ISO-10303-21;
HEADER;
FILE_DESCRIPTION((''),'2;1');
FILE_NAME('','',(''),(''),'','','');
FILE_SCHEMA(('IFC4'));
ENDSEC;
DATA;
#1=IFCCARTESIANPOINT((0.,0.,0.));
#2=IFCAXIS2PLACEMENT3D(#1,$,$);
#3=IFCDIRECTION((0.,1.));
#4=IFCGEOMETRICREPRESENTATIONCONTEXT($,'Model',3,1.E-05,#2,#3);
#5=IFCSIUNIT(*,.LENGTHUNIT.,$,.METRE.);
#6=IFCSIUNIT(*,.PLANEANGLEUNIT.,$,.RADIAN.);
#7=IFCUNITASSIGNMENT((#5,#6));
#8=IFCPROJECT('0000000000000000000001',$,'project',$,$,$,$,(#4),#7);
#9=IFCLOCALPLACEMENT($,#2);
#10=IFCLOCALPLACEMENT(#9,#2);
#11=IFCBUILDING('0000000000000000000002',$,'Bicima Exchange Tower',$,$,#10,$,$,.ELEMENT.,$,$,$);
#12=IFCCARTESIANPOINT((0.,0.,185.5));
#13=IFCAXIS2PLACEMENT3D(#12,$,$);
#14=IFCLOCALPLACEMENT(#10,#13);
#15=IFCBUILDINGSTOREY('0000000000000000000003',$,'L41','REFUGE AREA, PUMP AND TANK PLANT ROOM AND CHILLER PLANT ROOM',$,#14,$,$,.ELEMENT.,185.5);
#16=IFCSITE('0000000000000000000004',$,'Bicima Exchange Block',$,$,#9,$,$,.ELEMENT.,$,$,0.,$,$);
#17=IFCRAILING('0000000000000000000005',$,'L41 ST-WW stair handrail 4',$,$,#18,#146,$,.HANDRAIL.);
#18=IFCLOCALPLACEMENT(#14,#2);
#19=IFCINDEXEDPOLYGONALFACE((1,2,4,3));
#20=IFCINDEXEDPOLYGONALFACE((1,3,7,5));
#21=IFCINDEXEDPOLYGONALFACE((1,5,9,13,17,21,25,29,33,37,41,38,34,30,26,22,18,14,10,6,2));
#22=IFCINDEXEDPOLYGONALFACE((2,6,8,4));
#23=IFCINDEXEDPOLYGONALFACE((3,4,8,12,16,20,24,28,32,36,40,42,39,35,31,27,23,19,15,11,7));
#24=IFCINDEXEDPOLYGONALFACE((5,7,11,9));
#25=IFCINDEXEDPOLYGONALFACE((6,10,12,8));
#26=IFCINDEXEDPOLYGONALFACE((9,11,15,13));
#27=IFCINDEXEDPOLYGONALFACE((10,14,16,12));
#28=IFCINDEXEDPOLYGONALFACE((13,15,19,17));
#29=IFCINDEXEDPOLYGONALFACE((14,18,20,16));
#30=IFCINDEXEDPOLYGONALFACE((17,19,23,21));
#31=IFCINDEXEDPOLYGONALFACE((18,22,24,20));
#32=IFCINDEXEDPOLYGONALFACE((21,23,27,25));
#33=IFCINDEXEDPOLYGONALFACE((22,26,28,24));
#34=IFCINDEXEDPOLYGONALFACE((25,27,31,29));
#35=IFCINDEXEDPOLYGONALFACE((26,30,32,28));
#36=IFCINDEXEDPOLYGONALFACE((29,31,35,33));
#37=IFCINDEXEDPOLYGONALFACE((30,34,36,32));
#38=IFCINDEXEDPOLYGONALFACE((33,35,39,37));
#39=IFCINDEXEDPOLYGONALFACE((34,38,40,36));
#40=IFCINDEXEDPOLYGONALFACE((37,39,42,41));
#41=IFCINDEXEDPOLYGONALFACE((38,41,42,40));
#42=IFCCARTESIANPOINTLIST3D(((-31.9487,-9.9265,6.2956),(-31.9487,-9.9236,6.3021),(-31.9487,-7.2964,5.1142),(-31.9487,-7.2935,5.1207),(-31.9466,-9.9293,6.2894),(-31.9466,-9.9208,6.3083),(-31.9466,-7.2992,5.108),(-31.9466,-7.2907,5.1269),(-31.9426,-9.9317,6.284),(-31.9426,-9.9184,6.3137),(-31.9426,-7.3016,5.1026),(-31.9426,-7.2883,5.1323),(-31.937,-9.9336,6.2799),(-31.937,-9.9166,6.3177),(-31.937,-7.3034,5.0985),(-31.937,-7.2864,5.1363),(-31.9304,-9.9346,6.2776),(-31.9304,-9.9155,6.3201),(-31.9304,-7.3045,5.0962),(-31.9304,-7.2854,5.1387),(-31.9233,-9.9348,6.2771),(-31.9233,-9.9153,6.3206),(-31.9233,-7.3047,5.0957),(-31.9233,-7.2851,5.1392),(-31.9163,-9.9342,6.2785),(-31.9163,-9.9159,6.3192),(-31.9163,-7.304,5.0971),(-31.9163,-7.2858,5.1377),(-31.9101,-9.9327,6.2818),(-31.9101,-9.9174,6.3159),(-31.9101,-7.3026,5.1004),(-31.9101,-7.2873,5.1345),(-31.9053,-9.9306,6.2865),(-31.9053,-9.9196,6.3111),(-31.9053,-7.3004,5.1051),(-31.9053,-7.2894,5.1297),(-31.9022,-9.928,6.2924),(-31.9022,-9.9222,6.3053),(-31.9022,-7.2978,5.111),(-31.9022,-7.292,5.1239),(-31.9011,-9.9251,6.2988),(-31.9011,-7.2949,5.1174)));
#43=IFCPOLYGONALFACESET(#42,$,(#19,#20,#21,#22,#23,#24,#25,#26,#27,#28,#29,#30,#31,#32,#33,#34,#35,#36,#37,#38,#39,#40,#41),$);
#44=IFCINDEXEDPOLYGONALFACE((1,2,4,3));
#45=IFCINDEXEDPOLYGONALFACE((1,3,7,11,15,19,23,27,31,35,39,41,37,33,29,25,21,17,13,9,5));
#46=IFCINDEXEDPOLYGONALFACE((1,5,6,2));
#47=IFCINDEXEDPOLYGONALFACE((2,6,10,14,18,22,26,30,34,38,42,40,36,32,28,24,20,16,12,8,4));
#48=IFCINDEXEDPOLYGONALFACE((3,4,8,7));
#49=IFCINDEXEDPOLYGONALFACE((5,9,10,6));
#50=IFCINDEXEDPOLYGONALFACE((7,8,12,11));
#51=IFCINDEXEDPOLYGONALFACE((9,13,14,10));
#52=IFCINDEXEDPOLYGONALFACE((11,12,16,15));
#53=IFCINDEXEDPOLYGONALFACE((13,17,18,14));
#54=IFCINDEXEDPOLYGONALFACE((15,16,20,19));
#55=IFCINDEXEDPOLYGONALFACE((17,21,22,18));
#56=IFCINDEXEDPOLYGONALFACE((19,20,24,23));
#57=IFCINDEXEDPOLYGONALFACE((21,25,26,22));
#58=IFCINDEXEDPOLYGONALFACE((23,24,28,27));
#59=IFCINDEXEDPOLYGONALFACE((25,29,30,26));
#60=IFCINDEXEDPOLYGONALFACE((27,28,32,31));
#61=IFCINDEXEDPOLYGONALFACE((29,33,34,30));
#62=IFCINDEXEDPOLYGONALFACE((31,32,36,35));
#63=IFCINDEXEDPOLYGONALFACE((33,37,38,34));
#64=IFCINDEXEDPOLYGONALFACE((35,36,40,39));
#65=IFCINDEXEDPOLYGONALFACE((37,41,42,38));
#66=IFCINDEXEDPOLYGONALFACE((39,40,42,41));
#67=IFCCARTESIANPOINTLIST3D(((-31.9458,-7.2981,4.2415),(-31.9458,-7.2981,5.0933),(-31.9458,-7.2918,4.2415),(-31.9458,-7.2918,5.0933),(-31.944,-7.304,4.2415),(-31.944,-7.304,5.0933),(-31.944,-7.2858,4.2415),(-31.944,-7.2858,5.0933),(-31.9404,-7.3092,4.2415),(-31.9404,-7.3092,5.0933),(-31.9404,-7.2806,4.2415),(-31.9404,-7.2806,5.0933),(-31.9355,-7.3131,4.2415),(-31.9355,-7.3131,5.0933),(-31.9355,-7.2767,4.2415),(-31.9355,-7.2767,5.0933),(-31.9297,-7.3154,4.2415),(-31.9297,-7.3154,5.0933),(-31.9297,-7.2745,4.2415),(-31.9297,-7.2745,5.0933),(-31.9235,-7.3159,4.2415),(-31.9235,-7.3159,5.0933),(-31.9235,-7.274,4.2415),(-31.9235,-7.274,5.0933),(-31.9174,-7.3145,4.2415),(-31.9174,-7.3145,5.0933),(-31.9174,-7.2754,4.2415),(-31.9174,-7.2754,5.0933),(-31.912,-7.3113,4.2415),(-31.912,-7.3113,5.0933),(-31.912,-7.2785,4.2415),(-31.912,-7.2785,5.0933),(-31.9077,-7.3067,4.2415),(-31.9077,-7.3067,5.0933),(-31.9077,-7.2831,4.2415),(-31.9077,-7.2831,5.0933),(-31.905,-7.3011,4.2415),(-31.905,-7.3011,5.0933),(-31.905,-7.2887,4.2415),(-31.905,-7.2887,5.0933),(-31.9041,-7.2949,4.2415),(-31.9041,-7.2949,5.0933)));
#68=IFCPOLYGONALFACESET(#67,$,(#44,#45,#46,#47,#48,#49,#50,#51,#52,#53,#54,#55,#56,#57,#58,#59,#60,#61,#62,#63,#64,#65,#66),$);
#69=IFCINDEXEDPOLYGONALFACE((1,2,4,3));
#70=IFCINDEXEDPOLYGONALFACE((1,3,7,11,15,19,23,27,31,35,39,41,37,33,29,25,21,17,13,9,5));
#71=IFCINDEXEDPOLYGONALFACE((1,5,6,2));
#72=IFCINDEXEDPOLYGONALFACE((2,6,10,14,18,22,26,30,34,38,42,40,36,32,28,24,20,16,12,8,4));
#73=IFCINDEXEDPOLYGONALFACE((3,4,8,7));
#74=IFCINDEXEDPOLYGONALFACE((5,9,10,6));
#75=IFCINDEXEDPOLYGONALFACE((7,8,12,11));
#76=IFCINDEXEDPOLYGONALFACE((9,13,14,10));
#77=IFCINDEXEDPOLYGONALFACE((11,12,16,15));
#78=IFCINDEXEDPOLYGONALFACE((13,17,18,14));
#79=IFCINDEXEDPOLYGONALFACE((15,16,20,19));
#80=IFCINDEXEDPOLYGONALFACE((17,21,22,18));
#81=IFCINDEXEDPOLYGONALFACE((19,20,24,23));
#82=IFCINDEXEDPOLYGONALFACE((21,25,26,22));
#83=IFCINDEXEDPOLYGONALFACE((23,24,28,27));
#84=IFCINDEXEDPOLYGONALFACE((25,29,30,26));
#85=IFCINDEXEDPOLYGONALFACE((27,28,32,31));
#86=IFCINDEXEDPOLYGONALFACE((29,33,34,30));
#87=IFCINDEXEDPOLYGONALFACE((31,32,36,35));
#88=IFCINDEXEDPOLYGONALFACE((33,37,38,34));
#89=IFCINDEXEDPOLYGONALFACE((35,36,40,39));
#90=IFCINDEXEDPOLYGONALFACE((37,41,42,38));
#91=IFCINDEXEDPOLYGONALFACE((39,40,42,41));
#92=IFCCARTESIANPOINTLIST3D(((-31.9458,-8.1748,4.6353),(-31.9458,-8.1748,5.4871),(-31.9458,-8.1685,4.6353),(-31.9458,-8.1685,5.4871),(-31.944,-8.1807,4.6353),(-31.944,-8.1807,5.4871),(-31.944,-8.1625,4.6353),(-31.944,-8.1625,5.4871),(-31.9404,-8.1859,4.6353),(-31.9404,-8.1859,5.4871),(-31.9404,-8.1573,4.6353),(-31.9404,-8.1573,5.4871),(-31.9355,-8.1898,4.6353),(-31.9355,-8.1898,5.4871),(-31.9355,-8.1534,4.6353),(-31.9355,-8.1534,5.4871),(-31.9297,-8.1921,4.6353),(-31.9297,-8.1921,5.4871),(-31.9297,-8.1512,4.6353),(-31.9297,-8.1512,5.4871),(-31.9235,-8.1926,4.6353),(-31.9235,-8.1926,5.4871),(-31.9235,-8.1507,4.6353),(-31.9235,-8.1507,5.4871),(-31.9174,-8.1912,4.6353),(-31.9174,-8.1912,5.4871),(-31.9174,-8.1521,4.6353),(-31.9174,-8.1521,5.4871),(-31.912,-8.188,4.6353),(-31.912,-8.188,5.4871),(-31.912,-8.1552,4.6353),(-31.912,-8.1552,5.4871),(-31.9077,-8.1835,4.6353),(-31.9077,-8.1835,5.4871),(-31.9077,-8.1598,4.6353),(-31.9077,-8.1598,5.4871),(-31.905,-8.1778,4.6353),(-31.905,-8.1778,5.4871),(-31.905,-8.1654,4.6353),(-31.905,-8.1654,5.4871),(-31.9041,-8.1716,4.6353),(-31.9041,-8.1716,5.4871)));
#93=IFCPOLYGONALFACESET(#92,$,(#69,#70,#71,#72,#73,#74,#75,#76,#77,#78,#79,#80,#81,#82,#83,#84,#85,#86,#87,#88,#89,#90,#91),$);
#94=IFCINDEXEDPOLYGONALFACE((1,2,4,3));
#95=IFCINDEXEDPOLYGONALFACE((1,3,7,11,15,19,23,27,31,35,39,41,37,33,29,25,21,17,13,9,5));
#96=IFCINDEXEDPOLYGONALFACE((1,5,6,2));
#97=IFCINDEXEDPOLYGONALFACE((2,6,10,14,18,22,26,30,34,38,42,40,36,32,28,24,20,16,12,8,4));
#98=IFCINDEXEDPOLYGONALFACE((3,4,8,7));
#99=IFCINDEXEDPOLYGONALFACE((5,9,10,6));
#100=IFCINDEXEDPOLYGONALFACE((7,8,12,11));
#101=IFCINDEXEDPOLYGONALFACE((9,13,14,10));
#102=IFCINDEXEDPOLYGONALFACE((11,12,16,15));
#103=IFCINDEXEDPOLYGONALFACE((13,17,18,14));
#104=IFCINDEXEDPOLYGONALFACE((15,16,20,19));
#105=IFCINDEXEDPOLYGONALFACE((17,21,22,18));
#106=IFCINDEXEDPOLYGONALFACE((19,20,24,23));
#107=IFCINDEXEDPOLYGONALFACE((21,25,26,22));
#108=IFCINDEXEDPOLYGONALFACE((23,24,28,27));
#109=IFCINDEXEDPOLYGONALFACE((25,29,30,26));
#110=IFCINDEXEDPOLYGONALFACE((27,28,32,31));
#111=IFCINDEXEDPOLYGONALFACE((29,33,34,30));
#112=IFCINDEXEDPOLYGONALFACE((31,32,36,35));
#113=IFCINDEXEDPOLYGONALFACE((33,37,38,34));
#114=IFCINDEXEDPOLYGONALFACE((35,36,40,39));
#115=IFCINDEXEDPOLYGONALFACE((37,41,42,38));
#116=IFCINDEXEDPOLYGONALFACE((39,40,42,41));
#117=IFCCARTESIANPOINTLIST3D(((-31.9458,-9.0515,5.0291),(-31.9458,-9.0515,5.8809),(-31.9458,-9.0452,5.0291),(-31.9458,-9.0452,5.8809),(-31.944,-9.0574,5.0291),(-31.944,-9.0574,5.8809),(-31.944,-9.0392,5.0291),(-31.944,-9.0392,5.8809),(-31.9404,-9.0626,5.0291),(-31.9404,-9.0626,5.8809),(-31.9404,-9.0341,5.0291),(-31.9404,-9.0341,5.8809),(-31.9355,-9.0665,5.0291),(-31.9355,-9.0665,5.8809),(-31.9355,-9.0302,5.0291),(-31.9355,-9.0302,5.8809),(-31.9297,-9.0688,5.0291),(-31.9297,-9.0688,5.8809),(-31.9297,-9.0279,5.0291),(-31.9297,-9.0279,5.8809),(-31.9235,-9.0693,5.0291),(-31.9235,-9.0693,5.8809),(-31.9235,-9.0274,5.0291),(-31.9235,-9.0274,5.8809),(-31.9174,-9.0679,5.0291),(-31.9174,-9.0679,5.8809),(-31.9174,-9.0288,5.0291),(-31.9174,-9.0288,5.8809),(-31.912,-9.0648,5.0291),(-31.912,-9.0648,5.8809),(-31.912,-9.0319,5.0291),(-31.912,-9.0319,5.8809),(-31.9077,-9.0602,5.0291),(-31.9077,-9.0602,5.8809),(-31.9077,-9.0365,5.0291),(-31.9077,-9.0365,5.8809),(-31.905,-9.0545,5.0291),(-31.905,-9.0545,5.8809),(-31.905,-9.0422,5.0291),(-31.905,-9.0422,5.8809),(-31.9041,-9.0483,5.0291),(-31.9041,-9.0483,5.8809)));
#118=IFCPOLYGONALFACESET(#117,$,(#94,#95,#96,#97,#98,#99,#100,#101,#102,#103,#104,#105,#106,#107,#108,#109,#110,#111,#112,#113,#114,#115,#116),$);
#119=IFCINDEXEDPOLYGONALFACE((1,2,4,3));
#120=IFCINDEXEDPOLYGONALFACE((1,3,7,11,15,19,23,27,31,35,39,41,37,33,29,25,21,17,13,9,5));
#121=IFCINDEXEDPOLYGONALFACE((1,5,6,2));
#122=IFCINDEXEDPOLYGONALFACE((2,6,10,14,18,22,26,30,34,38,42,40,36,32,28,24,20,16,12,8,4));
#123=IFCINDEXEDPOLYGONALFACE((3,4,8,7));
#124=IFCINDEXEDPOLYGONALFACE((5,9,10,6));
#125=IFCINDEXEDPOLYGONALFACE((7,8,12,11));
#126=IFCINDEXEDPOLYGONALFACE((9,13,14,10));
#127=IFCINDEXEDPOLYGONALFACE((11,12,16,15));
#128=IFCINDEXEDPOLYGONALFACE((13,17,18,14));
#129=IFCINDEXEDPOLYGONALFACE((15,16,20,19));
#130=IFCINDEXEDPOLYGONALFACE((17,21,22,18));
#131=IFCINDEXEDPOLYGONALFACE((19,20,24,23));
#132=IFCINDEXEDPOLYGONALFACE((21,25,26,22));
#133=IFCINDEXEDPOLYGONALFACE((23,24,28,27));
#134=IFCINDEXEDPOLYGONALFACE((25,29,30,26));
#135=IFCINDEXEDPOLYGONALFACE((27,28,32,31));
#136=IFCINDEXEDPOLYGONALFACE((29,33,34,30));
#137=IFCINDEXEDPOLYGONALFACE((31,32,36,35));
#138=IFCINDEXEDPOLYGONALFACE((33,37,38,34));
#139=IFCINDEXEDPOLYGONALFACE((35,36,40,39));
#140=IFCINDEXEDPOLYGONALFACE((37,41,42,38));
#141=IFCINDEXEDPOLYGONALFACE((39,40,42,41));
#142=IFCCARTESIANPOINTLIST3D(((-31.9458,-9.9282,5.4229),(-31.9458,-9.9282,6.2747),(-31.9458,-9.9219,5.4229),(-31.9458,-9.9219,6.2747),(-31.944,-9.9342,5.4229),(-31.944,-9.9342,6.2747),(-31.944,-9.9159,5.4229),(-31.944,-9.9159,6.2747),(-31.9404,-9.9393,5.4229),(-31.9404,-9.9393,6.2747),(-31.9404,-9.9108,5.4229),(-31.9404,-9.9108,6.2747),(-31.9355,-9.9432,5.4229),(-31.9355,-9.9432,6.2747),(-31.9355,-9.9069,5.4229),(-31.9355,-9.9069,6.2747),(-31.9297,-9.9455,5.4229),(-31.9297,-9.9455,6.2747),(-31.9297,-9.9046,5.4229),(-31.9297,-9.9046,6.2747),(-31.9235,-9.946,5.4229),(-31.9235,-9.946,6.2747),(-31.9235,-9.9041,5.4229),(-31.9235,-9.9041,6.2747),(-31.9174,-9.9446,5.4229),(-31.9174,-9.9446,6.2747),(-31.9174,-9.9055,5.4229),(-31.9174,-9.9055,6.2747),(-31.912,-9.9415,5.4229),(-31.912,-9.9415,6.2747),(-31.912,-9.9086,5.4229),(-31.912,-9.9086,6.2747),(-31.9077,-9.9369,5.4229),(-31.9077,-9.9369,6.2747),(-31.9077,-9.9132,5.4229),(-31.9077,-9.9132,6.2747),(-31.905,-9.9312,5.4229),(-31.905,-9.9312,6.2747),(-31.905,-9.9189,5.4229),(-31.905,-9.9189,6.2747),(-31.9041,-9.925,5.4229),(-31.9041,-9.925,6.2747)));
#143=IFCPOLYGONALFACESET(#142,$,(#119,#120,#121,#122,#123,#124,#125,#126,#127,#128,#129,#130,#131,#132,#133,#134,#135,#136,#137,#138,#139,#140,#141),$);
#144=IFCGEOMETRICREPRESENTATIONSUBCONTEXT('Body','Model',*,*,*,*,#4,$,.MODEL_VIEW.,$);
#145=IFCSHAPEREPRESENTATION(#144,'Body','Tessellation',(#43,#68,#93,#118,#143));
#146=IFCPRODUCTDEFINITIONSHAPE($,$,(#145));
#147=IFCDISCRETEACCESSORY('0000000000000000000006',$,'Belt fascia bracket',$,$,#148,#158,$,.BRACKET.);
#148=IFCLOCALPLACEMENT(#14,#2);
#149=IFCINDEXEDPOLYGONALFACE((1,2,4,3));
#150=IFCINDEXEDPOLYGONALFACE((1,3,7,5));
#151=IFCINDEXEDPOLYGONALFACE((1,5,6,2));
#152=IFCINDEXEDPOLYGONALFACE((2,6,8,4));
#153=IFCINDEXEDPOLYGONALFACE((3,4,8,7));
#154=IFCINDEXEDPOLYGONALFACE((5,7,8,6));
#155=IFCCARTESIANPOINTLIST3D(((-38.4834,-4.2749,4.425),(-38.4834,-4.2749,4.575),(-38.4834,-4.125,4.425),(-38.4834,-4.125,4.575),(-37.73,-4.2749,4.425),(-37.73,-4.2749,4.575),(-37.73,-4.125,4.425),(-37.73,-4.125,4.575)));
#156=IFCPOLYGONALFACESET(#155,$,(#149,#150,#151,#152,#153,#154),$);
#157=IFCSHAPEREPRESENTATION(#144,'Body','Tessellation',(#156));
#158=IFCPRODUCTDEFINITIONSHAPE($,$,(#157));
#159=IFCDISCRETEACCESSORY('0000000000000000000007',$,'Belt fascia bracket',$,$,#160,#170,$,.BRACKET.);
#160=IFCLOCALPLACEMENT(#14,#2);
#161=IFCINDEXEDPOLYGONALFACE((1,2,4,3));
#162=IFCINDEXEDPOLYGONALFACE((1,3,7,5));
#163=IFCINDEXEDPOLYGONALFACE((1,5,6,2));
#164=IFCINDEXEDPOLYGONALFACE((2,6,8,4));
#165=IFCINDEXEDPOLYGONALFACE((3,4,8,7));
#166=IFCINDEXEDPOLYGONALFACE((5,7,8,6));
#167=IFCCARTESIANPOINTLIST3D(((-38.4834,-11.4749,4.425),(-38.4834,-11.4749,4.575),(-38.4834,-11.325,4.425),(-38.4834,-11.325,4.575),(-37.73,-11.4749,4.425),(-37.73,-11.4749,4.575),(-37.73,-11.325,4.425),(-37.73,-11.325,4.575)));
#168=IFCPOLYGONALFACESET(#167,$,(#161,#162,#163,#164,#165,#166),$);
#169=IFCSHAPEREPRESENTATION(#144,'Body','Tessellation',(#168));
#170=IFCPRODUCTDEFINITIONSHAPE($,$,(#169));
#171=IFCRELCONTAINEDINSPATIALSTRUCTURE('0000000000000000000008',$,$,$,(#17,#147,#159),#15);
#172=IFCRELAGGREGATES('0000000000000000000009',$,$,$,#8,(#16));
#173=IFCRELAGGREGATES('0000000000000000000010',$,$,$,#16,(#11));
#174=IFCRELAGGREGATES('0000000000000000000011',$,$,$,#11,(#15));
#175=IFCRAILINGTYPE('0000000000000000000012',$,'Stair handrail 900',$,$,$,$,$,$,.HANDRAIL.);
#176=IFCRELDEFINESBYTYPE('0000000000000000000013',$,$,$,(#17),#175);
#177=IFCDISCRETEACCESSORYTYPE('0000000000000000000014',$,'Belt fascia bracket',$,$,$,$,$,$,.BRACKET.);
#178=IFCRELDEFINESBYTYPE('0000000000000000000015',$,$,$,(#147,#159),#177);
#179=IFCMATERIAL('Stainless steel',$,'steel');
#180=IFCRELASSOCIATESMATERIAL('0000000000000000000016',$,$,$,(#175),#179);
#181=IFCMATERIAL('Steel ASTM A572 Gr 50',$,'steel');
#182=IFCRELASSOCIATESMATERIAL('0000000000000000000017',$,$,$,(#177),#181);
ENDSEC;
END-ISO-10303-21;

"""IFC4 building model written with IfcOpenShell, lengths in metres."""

from ifc_helpers import new_model, si_unit, direction, frame, origin, origin_2d, place, context, subcontext, project, spatial, rectangle, circle, extrude, material, type_object, element, save


model = new_model("IFC4")

# Units and contexts
model_context = context("Model", 3, precision=1e-05, world=origin(), true_north=direction((0.0, 1.0)))
body_context = subcontext(model_context, "Body", "Model", "MODEL_VIEW")
ifc_project = project(units=[si_unit("LENGTHUNIT", "METRE"), si_unit("PLANEANGLEUNIT", "RADIAN")], contexts=[model_context])

# Site, building, storey
site_placement = place(None, origin())
site = spatial("IfcSite", under=ifc_project, at=site_placement, Name="Bicima Exchange Block", CompositionType="ELEMENT", RefElevation=0.0)
building_placement = place(site_placement, origin())
building = spatial("IfcBuilding", under=site, at=building_placement, Name="Bicima Exchange Tower", CompositionType="ELEMENT")
storey_placement = place(building_placement, frame((0.0, 0.0, 185.5)))
storey = spatial("IfcBuildingStorey", under=building, at=storey_placement, Name="L41", Description="REFUGE AREA, PUMP AND TANK PLANT ROOM AND CHILLER PLANT ROOM", CompositionType="ELEMENT", Elevation=185.5)

# Shared definitions
ifc_material_1 = material(Name="Steel ASTM A572 Gr 50", Category="steel")

# Railing
ifc_material_2 = material(Name="Stainless steel", Category="steel")
railing_type_1 = type_object("IfcRailingType", Name="Stair handrail 900", PredefinedType="HANDRAIL", material=ifc_material_2)
railing_1_placement = place(storey_placement, frame((-31.925, -7.2949, 4.2415)))
element("IfcRailing", 1, at=railing_1_placement, inside=storey, type_object=railing_type_1, Name="L41 ST-WW stair handrail 4", PredefinedType="HANDRAIL", context=body_context, shape_type="SweptSolid", body=[
    extrude(circle(Radius=0.0239, at=origin_2d()), frame((0.0, 0.0, 0.876), z_axis=(0.0, -0.912202, 0.409741), x_axis=(1.0, 0.0, 0.0)), (0.0, 0.0, 1.0), 2.8833),
    extrude(circle(Radius=0.021, at=origin_2d()), origin(), (0.0, 0.0, 1.0), 0.8518),
    extrude(circle(Radius=0.021, at=origin_2d()), frame((0.0, -0.8767, 0.3938)), (0.0, 0.0, 1.0), 0.8518),
    extrude(circle(Radius=0.021, at=origin_2d()), frame((0.0, -1.7534, 0.7876)), (0.0, 0.0, 1.0), 0.8518),
    extrude(circle(Radius=0.021, at=origin_2d()), frame((0.0, -2.6301, 1.1814)), (0.0, 0.0, 1.0), 0.8518),
])

# Discrete accessories
discrete_accessory_type = type_object("IfcDiscreteAccessoryType", Name="Belt fascia bracket", PredefinedType="BRACKET", material=ifc_material_1)
for number, where, z_axis, x_axis, name in (
    (2, (-38.1067, -4.2, 4.425), (0.0, 0.0, 1.0), (0.0, -1.0, 0.0), "Belt fascia bracket"),
    (3, (-38.1067, -11.3999, 4.425), (0.0, 0.0, 1.0), (0.0, -1.0, 0.0), "Belt fascia bracket"),
):
    element("IfcDiscreteAccessory", number, at=place(storey_placement, frame(where, z_axis=z_axis, x_axis=x_axis)), inside=storey, type_object=discrete_accessory_type, Name=name, PredefinedType="BRACKET", context=body_context, shape_type="SweptSolid", body=[
        extrude(rectangle(XDim=0.1499, YDim=0.7534, at=origin_2d()), origin(), (0.0, 0.0, 1.0), 0.1499),
    ])

save(model, "model.ifc")
